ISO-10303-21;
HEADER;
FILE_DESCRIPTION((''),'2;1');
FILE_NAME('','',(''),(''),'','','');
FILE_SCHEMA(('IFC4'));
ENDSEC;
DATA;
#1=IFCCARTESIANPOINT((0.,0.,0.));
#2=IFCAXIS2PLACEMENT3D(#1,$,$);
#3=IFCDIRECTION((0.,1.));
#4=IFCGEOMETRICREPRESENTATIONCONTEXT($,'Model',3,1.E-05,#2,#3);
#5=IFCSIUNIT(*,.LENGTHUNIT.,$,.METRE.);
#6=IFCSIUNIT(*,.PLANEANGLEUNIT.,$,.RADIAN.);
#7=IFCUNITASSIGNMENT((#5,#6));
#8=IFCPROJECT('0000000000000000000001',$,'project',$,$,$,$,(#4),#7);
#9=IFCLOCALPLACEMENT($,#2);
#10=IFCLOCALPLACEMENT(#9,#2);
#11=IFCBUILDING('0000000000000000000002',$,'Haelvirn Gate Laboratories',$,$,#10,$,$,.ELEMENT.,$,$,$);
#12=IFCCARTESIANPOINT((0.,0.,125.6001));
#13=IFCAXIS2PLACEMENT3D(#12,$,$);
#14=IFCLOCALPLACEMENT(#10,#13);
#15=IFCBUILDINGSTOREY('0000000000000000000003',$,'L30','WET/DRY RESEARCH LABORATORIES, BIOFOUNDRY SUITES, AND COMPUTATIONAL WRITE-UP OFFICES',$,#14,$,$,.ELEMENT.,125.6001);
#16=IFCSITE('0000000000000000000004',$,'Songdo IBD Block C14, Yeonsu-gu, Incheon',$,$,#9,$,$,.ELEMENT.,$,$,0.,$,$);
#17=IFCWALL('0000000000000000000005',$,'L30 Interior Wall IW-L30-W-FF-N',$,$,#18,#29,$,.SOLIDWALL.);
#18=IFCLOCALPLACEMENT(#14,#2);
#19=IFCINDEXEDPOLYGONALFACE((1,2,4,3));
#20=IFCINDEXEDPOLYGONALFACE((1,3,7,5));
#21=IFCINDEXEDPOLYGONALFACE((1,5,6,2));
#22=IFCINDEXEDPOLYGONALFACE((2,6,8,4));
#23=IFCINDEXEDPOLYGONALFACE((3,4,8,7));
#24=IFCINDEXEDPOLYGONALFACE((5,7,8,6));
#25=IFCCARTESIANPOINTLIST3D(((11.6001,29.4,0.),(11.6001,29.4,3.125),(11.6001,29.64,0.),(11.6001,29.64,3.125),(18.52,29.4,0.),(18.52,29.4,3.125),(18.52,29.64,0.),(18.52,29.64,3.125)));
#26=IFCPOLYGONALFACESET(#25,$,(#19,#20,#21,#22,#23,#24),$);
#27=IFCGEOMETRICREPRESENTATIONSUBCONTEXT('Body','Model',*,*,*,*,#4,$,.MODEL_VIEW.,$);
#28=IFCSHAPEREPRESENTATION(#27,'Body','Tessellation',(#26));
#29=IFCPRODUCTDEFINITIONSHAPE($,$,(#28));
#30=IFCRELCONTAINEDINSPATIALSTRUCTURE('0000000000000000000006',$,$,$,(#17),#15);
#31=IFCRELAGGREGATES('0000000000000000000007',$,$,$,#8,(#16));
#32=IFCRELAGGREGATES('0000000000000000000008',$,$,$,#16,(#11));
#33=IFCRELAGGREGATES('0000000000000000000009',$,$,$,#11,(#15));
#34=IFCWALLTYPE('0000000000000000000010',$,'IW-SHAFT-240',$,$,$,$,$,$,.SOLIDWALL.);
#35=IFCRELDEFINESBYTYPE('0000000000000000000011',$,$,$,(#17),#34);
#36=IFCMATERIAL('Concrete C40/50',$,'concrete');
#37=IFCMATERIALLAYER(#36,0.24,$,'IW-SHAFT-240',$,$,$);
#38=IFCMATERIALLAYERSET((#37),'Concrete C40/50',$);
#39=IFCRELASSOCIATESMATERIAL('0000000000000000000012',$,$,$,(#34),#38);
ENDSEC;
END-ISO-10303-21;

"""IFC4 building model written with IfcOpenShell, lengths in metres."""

from ifc_helpers import new_model, si_unit, direction, frame, frame_2d, origin, place, context, subcontext, project, spatial, rectangle, extrude, material, layer, layer_set, type_object, element, save


model = new_model("IFC4")

# Units and contexts
model_context = context("Model", 3, precision=1e-05, world=origin(), true_north=direction((0.0, 1.0)))
body_context = subcontext(model_context, "Body", "Model", "MODEL_VIEW")
ifc_project = project(units=[si_unit("LENGTHUNIT", "METRE"), si_unit("PLANEANGLEUNIT", "RADIAN")], contexts=[model_context])

# Site, building, storey
site_placement = place(None, origin())
site = spatial("IfcSite", under=ifc_project, at=site_placement, Name="Songdo IBD Block C14, Yeonsu-gu, Incheon", CompositionType="ELEMENT", RefElevation=0.0)
building_placement = place(site_placement, origin())
building = spatial("IfcBuilding", under=site, at=building_placement, Name="Haelvirn Gate Laboratories", CompositionType="ELEMENT")
storey_placement = place(building_placement, frame((0.0, 0.0, 125.6001)))
storey = spatial("IfcBuildingStorey", under=building, at=storey_placement, Name="L30", Description="WET/DRY RESEARCH LABORATORIES, BIOFOUNDRY SUITES, AND COMPUTATIONAL WRITE-UP OFFICES", CompositionType="ELEMENT", Elevation=125.6001)

# Shared definitions
ifc_material_1 = material(Name="Concrete C40/50", Category="concrete")

# Shared definitions
ifc_layer_1 = layer(ifc_material_1, 0.24, Name="IW-SHAFT-240")
ifc_layer_set_1 = layer_set([ifc_layer_1], Name="Concrete C40/50")
wall_type_1 = type_object("IfcWallType", Name="IW-SHAFT-240", PredefinedType="SOLIDWALL", material=ifc_layer_set_1)

# Wall
wall_1_placement = place(storey_placement, frame((11.6001, 29.52, 0.0), z_axis=(0.0, 0.0, 1.0), x_axis=(1.0, 0.0, 0.0)))
element("IfcWall", 1, at=wall_1_placement, inside=storey, type_object=wall_type_1, Name="L30 Interior Wall IW-L30-W-FF-N", PredefinedType="SOLIDWALL", context=body_context, shape_type="SweptSolid", body=[
    extrude(rectangle(XDim=6.9199, YDim=0.24, at=frame_2d((3.46, 0.0))), origin(), (0.0, 0.0, 1.0), 3.125),
])

save(model, "model.ifc")
